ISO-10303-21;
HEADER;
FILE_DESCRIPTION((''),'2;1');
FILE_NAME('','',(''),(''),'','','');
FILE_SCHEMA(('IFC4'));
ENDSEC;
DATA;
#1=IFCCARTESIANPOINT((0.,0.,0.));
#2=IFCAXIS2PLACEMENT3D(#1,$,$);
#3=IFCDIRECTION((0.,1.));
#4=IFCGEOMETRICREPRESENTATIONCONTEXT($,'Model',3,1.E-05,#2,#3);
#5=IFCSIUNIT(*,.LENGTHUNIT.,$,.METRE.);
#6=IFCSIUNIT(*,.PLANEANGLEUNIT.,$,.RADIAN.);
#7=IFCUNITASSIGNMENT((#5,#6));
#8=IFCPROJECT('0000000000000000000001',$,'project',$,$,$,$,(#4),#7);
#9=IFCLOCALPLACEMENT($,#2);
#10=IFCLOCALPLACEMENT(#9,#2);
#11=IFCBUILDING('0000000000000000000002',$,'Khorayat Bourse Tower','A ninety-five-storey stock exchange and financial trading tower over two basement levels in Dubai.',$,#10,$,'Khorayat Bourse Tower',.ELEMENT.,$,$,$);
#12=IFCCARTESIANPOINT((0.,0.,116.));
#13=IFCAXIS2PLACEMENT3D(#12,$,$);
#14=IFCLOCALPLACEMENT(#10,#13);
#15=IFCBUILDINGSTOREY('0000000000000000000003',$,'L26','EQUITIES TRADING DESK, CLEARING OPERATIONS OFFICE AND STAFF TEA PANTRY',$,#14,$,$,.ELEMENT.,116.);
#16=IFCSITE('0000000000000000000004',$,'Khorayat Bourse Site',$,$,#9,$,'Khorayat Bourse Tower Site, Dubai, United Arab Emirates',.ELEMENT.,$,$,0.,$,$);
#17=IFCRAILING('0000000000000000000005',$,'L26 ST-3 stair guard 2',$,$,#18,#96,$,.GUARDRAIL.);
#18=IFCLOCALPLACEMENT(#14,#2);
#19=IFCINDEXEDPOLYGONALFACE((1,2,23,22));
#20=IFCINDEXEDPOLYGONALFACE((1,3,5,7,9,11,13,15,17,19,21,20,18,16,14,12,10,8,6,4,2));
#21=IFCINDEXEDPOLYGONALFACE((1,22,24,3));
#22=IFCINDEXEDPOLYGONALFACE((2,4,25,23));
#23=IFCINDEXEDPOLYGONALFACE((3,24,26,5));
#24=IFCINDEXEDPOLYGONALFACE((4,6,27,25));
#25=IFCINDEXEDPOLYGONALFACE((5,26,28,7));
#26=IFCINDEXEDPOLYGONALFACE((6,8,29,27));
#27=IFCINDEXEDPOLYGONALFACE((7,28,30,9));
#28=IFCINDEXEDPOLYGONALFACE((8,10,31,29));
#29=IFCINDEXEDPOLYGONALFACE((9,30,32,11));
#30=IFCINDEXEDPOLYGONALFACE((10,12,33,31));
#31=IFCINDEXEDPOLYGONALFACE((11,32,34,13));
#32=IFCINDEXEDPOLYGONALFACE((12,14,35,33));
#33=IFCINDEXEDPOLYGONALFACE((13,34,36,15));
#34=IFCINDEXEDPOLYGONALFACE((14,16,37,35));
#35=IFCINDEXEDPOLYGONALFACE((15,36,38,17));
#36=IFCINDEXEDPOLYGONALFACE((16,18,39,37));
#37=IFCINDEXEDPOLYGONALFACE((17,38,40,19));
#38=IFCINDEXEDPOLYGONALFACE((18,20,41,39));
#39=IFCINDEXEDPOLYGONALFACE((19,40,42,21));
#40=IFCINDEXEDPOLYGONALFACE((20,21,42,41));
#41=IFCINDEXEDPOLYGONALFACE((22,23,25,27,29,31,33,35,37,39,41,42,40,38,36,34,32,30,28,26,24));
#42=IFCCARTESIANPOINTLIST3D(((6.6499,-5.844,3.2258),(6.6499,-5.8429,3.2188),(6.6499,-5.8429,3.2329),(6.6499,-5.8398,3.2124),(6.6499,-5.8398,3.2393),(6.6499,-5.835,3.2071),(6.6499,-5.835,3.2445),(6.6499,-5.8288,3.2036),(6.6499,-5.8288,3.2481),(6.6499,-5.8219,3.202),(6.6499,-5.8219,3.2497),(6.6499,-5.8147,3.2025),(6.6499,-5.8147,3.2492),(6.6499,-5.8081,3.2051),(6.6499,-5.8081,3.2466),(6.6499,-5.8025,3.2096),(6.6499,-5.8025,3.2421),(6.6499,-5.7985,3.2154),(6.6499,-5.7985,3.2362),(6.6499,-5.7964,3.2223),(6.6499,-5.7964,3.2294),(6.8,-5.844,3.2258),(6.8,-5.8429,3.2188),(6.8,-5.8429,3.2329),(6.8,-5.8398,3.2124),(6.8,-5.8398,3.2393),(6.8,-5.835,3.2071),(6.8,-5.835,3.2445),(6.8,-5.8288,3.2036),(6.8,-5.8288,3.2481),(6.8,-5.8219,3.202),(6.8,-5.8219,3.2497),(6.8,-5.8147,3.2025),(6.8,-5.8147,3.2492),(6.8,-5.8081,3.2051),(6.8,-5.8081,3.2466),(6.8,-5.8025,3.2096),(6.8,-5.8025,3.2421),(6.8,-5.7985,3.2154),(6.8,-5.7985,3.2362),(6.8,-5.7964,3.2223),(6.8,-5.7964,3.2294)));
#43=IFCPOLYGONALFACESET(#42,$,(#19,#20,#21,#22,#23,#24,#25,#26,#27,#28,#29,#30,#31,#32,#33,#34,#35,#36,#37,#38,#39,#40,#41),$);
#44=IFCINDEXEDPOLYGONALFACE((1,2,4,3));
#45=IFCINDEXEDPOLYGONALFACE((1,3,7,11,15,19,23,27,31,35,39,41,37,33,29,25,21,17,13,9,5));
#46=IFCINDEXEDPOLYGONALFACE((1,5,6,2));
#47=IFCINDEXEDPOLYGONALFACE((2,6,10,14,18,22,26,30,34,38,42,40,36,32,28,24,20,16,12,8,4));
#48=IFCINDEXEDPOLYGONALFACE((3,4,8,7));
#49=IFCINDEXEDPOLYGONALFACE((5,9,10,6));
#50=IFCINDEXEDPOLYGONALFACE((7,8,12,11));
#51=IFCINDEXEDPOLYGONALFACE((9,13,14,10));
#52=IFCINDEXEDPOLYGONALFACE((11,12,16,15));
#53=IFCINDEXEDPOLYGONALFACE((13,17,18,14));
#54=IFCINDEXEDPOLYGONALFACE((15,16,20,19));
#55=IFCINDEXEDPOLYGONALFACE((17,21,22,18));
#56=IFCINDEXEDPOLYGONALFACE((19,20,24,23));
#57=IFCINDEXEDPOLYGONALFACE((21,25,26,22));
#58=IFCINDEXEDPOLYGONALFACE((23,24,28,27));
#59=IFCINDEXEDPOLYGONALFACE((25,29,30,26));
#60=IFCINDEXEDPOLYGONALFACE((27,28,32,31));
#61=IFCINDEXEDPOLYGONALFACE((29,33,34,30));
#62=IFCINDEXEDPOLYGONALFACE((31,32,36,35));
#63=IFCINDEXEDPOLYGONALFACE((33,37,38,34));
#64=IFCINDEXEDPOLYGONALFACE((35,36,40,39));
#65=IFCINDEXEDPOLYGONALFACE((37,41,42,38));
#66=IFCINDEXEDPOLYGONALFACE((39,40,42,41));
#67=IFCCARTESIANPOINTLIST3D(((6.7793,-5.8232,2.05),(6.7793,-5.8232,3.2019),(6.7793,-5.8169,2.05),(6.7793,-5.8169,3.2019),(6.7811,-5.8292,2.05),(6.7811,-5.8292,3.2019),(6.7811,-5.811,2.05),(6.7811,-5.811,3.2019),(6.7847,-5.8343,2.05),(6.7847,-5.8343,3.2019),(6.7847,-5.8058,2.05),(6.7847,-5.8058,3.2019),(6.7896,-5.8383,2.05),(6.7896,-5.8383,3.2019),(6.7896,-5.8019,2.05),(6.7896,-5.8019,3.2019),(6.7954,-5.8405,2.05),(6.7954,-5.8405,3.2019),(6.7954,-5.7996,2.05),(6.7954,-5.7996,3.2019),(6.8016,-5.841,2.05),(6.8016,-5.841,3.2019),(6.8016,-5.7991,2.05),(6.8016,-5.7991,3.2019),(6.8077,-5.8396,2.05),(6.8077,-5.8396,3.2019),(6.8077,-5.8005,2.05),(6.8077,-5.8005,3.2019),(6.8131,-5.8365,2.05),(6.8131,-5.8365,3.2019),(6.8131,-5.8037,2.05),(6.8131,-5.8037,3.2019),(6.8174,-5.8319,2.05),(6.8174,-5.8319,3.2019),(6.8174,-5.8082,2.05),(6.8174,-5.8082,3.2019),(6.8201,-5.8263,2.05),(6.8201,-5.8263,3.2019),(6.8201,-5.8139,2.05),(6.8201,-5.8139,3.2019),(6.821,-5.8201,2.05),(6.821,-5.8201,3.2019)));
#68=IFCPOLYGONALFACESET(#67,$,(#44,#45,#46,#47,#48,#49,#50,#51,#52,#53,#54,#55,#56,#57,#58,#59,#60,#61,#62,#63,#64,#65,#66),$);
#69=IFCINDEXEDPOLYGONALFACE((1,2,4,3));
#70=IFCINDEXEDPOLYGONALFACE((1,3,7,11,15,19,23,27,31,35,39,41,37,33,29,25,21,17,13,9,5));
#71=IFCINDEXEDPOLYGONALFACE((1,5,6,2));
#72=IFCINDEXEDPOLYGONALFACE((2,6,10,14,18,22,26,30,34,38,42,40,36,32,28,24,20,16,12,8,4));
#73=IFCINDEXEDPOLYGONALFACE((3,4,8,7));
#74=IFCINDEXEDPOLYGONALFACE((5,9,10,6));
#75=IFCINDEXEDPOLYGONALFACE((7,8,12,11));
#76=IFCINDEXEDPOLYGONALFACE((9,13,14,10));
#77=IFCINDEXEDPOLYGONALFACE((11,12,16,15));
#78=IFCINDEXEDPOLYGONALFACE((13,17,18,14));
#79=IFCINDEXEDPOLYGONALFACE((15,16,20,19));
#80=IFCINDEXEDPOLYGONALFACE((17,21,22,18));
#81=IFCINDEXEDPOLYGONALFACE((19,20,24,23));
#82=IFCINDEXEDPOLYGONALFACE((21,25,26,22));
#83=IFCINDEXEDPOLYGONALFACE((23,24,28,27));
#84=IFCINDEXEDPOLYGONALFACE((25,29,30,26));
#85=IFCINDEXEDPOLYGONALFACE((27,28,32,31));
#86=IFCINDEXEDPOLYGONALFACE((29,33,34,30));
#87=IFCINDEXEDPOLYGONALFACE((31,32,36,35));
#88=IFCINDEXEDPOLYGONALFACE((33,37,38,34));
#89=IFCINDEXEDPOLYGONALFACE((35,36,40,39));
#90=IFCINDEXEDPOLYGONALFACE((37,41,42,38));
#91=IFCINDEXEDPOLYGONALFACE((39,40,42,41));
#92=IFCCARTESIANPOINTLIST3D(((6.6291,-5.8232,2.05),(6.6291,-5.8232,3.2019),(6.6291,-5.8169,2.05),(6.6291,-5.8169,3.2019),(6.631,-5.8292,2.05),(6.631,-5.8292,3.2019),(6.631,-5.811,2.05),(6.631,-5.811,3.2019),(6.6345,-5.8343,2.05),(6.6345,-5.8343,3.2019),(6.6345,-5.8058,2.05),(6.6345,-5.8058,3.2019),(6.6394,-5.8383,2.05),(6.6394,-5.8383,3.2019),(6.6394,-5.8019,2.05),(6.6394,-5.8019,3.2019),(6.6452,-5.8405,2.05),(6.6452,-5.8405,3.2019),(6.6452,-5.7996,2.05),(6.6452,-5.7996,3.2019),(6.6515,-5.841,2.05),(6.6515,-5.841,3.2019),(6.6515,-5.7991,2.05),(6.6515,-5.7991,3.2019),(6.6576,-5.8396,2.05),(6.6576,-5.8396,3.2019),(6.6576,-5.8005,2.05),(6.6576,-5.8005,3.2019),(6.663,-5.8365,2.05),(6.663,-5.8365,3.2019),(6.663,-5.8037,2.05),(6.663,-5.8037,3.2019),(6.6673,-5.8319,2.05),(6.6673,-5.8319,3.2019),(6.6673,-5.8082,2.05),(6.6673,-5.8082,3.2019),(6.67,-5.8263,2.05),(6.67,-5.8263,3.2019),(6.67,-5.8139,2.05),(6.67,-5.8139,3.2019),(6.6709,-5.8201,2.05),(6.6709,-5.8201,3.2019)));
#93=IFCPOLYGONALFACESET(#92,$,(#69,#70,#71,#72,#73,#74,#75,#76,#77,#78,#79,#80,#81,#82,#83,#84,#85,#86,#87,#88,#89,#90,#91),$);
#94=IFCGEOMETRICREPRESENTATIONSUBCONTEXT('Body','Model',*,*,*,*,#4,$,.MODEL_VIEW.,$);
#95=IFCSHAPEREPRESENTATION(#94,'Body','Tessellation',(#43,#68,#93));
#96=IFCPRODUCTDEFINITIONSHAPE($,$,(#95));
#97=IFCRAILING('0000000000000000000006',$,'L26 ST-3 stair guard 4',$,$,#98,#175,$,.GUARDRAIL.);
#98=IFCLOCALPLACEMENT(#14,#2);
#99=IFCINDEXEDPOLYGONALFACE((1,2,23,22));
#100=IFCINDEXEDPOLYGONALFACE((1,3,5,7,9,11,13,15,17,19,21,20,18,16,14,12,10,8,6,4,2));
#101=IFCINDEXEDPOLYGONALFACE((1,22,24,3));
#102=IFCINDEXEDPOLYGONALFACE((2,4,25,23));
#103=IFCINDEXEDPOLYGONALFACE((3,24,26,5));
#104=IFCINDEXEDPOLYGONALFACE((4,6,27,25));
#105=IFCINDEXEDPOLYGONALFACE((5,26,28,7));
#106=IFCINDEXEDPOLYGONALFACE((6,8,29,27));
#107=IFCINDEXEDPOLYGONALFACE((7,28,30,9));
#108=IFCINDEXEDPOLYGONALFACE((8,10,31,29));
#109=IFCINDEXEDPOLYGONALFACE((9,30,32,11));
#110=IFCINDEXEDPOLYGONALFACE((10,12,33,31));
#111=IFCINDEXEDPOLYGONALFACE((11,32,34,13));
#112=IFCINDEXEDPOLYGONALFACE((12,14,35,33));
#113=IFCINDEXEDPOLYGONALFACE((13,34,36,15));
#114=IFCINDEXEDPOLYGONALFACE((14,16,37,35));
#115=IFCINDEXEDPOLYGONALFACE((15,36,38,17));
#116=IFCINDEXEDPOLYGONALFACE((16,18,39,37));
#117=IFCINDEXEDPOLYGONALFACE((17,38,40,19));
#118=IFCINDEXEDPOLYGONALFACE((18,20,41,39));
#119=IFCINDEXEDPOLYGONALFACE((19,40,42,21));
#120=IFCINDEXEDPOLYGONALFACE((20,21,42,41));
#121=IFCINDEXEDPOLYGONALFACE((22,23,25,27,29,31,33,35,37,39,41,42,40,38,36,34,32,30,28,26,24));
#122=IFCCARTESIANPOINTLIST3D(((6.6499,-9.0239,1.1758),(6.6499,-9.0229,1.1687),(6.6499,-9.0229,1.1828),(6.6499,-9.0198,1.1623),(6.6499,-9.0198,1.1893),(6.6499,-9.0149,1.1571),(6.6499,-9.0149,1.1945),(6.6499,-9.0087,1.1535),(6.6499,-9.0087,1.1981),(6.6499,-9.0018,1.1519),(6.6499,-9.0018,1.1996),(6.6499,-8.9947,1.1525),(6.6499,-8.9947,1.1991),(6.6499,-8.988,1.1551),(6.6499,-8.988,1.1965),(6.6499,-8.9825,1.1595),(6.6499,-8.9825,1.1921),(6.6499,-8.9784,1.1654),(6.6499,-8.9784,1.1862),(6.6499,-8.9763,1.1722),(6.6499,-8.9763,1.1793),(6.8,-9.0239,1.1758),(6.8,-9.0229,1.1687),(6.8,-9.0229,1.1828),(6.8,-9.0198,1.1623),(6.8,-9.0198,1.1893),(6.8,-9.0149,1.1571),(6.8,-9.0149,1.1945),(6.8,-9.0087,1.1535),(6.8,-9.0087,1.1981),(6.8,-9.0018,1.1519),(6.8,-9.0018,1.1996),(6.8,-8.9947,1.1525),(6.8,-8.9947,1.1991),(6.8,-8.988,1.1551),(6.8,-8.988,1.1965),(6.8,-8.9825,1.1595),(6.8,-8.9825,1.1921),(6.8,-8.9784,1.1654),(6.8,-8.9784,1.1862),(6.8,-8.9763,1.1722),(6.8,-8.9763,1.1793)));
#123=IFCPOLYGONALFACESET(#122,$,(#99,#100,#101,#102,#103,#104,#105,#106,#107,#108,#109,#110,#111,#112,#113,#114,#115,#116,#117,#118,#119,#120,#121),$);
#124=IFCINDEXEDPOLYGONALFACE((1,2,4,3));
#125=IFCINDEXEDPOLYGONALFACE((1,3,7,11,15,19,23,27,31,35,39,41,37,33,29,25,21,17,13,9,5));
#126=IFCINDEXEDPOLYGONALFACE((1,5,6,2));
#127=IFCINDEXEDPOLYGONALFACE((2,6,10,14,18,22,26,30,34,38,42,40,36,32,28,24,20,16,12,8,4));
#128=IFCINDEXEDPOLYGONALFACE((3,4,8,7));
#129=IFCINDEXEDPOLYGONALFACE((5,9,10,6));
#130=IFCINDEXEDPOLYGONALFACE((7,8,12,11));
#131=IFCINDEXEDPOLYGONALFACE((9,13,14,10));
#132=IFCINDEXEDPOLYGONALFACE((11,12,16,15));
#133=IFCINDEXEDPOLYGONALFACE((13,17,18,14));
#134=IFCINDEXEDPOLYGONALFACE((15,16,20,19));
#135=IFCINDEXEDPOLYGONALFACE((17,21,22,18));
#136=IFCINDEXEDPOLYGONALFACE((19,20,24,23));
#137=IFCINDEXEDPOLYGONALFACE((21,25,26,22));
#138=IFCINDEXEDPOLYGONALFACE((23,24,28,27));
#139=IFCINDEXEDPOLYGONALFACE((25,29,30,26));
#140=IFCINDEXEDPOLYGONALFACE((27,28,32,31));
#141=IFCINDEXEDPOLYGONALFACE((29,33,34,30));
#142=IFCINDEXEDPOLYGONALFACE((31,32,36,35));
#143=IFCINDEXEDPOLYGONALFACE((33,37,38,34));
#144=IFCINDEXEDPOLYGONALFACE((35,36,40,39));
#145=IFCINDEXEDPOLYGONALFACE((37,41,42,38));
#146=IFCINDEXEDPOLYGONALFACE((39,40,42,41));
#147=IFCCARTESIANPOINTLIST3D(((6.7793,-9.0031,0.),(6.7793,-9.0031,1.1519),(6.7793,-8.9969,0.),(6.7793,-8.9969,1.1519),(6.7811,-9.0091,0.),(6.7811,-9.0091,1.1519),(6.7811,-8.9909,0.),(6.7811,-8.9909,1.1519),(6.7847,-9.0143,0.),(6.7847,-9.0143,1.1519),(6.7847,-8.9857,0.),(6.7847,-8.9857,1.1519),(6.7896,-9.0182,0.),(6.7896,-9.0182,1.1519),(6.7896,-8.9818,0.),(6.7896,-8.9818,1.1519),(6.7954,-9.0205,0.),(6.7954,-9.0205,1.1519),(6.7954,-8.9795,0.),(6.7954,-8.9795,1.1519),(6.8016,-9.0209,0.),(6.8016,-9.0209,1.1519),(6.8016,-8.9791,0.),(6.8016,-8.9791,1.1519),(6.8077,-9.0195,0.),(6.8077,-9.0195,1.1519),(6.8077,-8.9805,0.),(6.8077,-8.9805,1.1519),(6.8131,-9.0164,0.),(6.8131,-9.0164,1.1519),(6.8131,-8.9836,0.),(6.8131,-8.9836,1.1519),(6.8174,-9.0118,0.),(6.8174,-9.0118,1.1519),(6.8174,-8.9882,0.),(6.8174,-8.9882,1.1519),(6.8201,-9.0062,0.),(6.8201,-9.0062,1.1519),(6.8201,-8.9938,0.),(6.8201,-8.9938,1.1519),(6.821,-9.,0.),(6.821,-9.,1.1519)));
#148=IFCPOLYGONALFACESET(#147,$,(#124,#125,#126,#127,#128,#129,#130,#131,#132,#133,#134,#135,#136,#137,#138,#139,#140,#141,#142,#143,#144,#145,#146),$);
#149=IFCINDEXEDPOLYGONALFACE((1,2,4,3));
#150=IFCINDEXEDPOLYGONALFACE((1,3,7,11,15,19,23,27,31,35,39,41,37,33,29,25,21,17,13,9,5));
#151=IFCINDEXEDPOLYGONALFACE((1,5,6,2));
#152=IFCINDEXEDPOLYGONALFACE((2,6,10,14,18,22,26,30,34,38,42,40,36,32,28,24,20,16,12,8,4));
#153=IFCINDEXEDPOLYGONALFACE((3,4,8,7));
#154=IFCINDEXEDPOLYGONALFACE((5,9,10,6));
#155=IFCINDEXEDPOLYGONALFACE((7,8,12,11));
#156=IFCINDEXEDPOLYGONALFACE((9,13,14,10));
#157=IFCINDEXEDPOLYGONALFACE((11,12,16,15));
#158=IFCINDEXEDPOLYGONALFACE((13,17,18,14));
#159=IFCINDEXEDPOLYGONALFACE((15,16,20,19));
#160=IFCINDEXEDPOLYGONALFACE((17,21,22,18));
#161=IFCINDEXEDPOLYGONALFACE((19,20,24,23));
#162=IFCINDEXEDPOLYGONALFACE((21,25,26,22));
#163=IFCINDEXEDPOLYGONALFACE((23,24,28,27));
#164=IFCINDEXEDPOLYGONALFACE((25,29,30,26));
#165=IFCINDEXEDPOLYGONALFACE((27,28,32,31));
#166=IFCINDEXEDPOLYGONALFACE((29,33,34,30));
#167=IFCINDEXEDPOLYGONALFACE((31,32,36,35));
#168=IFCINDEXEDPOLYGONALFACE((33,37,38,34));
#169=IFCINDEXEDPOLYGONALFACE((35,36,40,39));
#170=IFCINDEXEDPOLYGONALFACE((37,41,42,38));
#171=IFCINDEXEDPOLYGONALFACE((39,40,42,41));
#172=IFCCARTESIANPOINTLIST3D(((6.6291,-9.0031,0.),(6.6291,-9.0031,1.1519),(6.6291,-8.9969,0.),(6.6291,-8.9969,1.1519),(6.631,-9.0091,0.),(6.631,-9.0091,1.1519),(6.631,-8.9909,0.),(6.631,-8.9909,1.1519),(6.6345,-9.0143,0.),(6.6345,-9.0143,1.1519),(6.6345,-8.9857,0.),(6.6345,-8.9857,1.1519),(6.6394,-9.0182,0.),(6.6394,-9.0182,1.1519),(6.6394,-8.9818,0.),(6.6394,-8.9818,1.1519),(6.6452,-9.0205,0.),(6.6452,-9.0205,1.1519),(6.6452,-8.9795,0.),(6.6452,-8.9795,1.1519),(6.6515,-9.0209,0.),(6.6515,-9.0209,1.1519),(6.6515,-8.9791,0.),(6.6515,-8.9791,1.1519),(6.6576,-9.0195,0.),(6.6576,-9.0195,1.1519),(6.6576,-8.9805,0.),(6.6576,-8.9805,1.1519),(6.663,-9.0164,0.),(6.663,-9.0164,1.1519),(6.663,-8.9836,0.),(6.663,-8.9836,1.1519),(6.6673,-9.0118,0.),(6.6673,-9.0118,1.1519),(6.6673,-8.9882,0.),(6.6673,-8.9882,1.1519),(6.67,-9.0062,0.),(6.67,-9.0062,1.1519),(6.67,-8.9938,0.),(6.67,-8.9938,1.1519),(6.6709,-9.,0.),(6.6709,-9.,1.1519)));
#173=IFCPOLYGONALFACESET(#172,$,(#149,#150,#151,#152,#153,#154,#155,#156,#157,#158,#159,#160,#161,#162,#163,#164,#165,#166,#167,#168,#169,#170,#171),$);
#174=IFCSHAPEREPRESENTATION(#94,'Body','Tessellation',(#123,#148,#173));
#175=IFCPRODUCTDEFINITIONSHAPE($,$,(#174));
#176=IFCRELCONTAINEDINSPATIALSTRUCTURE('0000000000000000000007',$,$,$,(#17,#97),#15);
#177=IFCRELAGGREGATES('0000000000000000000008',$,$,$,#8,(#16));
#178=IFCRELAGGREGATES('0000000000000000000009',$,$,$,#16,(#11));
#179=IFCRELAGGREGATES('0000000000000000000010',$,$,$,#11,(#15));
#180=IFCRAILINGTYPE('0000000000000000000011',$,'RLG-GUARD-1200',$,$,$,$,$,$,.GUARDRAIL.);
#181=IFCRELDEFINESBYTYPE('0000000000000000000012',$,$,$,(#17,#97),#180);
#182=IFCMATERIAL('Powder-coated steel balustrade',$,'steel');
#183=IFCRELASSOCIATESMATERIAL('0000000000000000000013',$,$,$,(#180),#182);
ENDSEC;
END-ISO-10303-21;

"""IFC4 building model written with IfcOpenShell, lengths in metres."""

from ifc_helpers import new_model, si_unit, direction, frame, origin, origin_2d, place, context, subcontext, project, spatial, circle, extrude, source, transform, mapped, material, type_object, element, save


model = new_model("IFC4")

# Units and contexts
model_context = context("Model", 3, precision=1e-05, world=origin(), true_north=direction((0.0, 1.0)))
body_context = subcontext(model_context, "Body", "Model", "MODEL_VIEW")
ifc_project = project(units=[si_unit("LENGTHUNIT", "METRE"), si_unit("PLANEANGLEUNIT", "RADIAN")], contexts=[model_context])

# Site, building, storey
site_placement = place(None, origin())
site = spatial("IfcSite", under=ifc_project, at=site_placement, Name="Khorayat Bourse Site", LongName="Khorayat Bourse Tower Site, Dubai, United Arab Emirates", CompositionType="ELEMENT", RefElevation=0.0)
building_placement = place(site_placement, origin())
building = spatial("IfcBuilding", under=site, at=building_placement, Name="Khorayat Bourse Tower", Description="A ninety-five-storey stock exchange and financial trading tower over two basement levels in Dubai.", LongName="Khorayat Bourse Tower", CompositionType="ELEMENT")
storey_placement = place(building_placement, frame((0.0, 0.0, 116.0)))
storey = spatial("IfcBuildingStorey", under=building, at=storey_placement, Name="L26", Description="EQUITIES TRADING DESK, CLEARING OPERATIONS OFFICE AND STAFF TEA PANTRY", CompositionType="ELEMENT", Elevation=116.0)

# Railings
ifc_material_1 = material(Name="Powder-coated steel balustrade", Category="steel")
railing_type_1 = type_object("IfcRailingType", Name="RLG-GUARD-1200", PredefinedType="GUARDRAIL", material=ifc_material_1)
shared_shape_1 = source(origin(), body_context, "Body", "SweptSolid", [
    extrude(circle(Radius=0.0239, at=origin_2d()), frame((0.0, 0.0, 1.1758), z_axis=(-1.0, 0.0, 0.0), x_axis=(0.0, -1.0, 0.0)), (0.0, 0.0, 1.0), 0.1501),
    extrude(circle(Radius=0.021, at=origin_2d()), origin(), (0.0, 0.0, 1.0), 1.1519),
    extrude(circle(Radius=0.021, at=origin_2d()), frame((-0.1501, 0.0, 0.0)), (0.0, 0.0, 1.0), 1.1519),
])
for number, where, name in (
    (1, (6.8, -5.8201, 2.05), "L26 ST-3 stair guard 2"),
    (2, (6.8, -9.0, 0.0), "L26 ST-3 stair guard 4"),
):
    element("IfcRailing", number, at=place(storey_placement, frame(where)), inside=storey, type_object=railing_type_1, Name=name, PredefinedType="GUARDRAIL", context=body_context, shape_type="MappedRepresentation", body=[
        mapped(shared_shape_1, transform((0.0, 0.0, 0.0), scale=1.0)),
    ])

save(model, "model.ifc")
